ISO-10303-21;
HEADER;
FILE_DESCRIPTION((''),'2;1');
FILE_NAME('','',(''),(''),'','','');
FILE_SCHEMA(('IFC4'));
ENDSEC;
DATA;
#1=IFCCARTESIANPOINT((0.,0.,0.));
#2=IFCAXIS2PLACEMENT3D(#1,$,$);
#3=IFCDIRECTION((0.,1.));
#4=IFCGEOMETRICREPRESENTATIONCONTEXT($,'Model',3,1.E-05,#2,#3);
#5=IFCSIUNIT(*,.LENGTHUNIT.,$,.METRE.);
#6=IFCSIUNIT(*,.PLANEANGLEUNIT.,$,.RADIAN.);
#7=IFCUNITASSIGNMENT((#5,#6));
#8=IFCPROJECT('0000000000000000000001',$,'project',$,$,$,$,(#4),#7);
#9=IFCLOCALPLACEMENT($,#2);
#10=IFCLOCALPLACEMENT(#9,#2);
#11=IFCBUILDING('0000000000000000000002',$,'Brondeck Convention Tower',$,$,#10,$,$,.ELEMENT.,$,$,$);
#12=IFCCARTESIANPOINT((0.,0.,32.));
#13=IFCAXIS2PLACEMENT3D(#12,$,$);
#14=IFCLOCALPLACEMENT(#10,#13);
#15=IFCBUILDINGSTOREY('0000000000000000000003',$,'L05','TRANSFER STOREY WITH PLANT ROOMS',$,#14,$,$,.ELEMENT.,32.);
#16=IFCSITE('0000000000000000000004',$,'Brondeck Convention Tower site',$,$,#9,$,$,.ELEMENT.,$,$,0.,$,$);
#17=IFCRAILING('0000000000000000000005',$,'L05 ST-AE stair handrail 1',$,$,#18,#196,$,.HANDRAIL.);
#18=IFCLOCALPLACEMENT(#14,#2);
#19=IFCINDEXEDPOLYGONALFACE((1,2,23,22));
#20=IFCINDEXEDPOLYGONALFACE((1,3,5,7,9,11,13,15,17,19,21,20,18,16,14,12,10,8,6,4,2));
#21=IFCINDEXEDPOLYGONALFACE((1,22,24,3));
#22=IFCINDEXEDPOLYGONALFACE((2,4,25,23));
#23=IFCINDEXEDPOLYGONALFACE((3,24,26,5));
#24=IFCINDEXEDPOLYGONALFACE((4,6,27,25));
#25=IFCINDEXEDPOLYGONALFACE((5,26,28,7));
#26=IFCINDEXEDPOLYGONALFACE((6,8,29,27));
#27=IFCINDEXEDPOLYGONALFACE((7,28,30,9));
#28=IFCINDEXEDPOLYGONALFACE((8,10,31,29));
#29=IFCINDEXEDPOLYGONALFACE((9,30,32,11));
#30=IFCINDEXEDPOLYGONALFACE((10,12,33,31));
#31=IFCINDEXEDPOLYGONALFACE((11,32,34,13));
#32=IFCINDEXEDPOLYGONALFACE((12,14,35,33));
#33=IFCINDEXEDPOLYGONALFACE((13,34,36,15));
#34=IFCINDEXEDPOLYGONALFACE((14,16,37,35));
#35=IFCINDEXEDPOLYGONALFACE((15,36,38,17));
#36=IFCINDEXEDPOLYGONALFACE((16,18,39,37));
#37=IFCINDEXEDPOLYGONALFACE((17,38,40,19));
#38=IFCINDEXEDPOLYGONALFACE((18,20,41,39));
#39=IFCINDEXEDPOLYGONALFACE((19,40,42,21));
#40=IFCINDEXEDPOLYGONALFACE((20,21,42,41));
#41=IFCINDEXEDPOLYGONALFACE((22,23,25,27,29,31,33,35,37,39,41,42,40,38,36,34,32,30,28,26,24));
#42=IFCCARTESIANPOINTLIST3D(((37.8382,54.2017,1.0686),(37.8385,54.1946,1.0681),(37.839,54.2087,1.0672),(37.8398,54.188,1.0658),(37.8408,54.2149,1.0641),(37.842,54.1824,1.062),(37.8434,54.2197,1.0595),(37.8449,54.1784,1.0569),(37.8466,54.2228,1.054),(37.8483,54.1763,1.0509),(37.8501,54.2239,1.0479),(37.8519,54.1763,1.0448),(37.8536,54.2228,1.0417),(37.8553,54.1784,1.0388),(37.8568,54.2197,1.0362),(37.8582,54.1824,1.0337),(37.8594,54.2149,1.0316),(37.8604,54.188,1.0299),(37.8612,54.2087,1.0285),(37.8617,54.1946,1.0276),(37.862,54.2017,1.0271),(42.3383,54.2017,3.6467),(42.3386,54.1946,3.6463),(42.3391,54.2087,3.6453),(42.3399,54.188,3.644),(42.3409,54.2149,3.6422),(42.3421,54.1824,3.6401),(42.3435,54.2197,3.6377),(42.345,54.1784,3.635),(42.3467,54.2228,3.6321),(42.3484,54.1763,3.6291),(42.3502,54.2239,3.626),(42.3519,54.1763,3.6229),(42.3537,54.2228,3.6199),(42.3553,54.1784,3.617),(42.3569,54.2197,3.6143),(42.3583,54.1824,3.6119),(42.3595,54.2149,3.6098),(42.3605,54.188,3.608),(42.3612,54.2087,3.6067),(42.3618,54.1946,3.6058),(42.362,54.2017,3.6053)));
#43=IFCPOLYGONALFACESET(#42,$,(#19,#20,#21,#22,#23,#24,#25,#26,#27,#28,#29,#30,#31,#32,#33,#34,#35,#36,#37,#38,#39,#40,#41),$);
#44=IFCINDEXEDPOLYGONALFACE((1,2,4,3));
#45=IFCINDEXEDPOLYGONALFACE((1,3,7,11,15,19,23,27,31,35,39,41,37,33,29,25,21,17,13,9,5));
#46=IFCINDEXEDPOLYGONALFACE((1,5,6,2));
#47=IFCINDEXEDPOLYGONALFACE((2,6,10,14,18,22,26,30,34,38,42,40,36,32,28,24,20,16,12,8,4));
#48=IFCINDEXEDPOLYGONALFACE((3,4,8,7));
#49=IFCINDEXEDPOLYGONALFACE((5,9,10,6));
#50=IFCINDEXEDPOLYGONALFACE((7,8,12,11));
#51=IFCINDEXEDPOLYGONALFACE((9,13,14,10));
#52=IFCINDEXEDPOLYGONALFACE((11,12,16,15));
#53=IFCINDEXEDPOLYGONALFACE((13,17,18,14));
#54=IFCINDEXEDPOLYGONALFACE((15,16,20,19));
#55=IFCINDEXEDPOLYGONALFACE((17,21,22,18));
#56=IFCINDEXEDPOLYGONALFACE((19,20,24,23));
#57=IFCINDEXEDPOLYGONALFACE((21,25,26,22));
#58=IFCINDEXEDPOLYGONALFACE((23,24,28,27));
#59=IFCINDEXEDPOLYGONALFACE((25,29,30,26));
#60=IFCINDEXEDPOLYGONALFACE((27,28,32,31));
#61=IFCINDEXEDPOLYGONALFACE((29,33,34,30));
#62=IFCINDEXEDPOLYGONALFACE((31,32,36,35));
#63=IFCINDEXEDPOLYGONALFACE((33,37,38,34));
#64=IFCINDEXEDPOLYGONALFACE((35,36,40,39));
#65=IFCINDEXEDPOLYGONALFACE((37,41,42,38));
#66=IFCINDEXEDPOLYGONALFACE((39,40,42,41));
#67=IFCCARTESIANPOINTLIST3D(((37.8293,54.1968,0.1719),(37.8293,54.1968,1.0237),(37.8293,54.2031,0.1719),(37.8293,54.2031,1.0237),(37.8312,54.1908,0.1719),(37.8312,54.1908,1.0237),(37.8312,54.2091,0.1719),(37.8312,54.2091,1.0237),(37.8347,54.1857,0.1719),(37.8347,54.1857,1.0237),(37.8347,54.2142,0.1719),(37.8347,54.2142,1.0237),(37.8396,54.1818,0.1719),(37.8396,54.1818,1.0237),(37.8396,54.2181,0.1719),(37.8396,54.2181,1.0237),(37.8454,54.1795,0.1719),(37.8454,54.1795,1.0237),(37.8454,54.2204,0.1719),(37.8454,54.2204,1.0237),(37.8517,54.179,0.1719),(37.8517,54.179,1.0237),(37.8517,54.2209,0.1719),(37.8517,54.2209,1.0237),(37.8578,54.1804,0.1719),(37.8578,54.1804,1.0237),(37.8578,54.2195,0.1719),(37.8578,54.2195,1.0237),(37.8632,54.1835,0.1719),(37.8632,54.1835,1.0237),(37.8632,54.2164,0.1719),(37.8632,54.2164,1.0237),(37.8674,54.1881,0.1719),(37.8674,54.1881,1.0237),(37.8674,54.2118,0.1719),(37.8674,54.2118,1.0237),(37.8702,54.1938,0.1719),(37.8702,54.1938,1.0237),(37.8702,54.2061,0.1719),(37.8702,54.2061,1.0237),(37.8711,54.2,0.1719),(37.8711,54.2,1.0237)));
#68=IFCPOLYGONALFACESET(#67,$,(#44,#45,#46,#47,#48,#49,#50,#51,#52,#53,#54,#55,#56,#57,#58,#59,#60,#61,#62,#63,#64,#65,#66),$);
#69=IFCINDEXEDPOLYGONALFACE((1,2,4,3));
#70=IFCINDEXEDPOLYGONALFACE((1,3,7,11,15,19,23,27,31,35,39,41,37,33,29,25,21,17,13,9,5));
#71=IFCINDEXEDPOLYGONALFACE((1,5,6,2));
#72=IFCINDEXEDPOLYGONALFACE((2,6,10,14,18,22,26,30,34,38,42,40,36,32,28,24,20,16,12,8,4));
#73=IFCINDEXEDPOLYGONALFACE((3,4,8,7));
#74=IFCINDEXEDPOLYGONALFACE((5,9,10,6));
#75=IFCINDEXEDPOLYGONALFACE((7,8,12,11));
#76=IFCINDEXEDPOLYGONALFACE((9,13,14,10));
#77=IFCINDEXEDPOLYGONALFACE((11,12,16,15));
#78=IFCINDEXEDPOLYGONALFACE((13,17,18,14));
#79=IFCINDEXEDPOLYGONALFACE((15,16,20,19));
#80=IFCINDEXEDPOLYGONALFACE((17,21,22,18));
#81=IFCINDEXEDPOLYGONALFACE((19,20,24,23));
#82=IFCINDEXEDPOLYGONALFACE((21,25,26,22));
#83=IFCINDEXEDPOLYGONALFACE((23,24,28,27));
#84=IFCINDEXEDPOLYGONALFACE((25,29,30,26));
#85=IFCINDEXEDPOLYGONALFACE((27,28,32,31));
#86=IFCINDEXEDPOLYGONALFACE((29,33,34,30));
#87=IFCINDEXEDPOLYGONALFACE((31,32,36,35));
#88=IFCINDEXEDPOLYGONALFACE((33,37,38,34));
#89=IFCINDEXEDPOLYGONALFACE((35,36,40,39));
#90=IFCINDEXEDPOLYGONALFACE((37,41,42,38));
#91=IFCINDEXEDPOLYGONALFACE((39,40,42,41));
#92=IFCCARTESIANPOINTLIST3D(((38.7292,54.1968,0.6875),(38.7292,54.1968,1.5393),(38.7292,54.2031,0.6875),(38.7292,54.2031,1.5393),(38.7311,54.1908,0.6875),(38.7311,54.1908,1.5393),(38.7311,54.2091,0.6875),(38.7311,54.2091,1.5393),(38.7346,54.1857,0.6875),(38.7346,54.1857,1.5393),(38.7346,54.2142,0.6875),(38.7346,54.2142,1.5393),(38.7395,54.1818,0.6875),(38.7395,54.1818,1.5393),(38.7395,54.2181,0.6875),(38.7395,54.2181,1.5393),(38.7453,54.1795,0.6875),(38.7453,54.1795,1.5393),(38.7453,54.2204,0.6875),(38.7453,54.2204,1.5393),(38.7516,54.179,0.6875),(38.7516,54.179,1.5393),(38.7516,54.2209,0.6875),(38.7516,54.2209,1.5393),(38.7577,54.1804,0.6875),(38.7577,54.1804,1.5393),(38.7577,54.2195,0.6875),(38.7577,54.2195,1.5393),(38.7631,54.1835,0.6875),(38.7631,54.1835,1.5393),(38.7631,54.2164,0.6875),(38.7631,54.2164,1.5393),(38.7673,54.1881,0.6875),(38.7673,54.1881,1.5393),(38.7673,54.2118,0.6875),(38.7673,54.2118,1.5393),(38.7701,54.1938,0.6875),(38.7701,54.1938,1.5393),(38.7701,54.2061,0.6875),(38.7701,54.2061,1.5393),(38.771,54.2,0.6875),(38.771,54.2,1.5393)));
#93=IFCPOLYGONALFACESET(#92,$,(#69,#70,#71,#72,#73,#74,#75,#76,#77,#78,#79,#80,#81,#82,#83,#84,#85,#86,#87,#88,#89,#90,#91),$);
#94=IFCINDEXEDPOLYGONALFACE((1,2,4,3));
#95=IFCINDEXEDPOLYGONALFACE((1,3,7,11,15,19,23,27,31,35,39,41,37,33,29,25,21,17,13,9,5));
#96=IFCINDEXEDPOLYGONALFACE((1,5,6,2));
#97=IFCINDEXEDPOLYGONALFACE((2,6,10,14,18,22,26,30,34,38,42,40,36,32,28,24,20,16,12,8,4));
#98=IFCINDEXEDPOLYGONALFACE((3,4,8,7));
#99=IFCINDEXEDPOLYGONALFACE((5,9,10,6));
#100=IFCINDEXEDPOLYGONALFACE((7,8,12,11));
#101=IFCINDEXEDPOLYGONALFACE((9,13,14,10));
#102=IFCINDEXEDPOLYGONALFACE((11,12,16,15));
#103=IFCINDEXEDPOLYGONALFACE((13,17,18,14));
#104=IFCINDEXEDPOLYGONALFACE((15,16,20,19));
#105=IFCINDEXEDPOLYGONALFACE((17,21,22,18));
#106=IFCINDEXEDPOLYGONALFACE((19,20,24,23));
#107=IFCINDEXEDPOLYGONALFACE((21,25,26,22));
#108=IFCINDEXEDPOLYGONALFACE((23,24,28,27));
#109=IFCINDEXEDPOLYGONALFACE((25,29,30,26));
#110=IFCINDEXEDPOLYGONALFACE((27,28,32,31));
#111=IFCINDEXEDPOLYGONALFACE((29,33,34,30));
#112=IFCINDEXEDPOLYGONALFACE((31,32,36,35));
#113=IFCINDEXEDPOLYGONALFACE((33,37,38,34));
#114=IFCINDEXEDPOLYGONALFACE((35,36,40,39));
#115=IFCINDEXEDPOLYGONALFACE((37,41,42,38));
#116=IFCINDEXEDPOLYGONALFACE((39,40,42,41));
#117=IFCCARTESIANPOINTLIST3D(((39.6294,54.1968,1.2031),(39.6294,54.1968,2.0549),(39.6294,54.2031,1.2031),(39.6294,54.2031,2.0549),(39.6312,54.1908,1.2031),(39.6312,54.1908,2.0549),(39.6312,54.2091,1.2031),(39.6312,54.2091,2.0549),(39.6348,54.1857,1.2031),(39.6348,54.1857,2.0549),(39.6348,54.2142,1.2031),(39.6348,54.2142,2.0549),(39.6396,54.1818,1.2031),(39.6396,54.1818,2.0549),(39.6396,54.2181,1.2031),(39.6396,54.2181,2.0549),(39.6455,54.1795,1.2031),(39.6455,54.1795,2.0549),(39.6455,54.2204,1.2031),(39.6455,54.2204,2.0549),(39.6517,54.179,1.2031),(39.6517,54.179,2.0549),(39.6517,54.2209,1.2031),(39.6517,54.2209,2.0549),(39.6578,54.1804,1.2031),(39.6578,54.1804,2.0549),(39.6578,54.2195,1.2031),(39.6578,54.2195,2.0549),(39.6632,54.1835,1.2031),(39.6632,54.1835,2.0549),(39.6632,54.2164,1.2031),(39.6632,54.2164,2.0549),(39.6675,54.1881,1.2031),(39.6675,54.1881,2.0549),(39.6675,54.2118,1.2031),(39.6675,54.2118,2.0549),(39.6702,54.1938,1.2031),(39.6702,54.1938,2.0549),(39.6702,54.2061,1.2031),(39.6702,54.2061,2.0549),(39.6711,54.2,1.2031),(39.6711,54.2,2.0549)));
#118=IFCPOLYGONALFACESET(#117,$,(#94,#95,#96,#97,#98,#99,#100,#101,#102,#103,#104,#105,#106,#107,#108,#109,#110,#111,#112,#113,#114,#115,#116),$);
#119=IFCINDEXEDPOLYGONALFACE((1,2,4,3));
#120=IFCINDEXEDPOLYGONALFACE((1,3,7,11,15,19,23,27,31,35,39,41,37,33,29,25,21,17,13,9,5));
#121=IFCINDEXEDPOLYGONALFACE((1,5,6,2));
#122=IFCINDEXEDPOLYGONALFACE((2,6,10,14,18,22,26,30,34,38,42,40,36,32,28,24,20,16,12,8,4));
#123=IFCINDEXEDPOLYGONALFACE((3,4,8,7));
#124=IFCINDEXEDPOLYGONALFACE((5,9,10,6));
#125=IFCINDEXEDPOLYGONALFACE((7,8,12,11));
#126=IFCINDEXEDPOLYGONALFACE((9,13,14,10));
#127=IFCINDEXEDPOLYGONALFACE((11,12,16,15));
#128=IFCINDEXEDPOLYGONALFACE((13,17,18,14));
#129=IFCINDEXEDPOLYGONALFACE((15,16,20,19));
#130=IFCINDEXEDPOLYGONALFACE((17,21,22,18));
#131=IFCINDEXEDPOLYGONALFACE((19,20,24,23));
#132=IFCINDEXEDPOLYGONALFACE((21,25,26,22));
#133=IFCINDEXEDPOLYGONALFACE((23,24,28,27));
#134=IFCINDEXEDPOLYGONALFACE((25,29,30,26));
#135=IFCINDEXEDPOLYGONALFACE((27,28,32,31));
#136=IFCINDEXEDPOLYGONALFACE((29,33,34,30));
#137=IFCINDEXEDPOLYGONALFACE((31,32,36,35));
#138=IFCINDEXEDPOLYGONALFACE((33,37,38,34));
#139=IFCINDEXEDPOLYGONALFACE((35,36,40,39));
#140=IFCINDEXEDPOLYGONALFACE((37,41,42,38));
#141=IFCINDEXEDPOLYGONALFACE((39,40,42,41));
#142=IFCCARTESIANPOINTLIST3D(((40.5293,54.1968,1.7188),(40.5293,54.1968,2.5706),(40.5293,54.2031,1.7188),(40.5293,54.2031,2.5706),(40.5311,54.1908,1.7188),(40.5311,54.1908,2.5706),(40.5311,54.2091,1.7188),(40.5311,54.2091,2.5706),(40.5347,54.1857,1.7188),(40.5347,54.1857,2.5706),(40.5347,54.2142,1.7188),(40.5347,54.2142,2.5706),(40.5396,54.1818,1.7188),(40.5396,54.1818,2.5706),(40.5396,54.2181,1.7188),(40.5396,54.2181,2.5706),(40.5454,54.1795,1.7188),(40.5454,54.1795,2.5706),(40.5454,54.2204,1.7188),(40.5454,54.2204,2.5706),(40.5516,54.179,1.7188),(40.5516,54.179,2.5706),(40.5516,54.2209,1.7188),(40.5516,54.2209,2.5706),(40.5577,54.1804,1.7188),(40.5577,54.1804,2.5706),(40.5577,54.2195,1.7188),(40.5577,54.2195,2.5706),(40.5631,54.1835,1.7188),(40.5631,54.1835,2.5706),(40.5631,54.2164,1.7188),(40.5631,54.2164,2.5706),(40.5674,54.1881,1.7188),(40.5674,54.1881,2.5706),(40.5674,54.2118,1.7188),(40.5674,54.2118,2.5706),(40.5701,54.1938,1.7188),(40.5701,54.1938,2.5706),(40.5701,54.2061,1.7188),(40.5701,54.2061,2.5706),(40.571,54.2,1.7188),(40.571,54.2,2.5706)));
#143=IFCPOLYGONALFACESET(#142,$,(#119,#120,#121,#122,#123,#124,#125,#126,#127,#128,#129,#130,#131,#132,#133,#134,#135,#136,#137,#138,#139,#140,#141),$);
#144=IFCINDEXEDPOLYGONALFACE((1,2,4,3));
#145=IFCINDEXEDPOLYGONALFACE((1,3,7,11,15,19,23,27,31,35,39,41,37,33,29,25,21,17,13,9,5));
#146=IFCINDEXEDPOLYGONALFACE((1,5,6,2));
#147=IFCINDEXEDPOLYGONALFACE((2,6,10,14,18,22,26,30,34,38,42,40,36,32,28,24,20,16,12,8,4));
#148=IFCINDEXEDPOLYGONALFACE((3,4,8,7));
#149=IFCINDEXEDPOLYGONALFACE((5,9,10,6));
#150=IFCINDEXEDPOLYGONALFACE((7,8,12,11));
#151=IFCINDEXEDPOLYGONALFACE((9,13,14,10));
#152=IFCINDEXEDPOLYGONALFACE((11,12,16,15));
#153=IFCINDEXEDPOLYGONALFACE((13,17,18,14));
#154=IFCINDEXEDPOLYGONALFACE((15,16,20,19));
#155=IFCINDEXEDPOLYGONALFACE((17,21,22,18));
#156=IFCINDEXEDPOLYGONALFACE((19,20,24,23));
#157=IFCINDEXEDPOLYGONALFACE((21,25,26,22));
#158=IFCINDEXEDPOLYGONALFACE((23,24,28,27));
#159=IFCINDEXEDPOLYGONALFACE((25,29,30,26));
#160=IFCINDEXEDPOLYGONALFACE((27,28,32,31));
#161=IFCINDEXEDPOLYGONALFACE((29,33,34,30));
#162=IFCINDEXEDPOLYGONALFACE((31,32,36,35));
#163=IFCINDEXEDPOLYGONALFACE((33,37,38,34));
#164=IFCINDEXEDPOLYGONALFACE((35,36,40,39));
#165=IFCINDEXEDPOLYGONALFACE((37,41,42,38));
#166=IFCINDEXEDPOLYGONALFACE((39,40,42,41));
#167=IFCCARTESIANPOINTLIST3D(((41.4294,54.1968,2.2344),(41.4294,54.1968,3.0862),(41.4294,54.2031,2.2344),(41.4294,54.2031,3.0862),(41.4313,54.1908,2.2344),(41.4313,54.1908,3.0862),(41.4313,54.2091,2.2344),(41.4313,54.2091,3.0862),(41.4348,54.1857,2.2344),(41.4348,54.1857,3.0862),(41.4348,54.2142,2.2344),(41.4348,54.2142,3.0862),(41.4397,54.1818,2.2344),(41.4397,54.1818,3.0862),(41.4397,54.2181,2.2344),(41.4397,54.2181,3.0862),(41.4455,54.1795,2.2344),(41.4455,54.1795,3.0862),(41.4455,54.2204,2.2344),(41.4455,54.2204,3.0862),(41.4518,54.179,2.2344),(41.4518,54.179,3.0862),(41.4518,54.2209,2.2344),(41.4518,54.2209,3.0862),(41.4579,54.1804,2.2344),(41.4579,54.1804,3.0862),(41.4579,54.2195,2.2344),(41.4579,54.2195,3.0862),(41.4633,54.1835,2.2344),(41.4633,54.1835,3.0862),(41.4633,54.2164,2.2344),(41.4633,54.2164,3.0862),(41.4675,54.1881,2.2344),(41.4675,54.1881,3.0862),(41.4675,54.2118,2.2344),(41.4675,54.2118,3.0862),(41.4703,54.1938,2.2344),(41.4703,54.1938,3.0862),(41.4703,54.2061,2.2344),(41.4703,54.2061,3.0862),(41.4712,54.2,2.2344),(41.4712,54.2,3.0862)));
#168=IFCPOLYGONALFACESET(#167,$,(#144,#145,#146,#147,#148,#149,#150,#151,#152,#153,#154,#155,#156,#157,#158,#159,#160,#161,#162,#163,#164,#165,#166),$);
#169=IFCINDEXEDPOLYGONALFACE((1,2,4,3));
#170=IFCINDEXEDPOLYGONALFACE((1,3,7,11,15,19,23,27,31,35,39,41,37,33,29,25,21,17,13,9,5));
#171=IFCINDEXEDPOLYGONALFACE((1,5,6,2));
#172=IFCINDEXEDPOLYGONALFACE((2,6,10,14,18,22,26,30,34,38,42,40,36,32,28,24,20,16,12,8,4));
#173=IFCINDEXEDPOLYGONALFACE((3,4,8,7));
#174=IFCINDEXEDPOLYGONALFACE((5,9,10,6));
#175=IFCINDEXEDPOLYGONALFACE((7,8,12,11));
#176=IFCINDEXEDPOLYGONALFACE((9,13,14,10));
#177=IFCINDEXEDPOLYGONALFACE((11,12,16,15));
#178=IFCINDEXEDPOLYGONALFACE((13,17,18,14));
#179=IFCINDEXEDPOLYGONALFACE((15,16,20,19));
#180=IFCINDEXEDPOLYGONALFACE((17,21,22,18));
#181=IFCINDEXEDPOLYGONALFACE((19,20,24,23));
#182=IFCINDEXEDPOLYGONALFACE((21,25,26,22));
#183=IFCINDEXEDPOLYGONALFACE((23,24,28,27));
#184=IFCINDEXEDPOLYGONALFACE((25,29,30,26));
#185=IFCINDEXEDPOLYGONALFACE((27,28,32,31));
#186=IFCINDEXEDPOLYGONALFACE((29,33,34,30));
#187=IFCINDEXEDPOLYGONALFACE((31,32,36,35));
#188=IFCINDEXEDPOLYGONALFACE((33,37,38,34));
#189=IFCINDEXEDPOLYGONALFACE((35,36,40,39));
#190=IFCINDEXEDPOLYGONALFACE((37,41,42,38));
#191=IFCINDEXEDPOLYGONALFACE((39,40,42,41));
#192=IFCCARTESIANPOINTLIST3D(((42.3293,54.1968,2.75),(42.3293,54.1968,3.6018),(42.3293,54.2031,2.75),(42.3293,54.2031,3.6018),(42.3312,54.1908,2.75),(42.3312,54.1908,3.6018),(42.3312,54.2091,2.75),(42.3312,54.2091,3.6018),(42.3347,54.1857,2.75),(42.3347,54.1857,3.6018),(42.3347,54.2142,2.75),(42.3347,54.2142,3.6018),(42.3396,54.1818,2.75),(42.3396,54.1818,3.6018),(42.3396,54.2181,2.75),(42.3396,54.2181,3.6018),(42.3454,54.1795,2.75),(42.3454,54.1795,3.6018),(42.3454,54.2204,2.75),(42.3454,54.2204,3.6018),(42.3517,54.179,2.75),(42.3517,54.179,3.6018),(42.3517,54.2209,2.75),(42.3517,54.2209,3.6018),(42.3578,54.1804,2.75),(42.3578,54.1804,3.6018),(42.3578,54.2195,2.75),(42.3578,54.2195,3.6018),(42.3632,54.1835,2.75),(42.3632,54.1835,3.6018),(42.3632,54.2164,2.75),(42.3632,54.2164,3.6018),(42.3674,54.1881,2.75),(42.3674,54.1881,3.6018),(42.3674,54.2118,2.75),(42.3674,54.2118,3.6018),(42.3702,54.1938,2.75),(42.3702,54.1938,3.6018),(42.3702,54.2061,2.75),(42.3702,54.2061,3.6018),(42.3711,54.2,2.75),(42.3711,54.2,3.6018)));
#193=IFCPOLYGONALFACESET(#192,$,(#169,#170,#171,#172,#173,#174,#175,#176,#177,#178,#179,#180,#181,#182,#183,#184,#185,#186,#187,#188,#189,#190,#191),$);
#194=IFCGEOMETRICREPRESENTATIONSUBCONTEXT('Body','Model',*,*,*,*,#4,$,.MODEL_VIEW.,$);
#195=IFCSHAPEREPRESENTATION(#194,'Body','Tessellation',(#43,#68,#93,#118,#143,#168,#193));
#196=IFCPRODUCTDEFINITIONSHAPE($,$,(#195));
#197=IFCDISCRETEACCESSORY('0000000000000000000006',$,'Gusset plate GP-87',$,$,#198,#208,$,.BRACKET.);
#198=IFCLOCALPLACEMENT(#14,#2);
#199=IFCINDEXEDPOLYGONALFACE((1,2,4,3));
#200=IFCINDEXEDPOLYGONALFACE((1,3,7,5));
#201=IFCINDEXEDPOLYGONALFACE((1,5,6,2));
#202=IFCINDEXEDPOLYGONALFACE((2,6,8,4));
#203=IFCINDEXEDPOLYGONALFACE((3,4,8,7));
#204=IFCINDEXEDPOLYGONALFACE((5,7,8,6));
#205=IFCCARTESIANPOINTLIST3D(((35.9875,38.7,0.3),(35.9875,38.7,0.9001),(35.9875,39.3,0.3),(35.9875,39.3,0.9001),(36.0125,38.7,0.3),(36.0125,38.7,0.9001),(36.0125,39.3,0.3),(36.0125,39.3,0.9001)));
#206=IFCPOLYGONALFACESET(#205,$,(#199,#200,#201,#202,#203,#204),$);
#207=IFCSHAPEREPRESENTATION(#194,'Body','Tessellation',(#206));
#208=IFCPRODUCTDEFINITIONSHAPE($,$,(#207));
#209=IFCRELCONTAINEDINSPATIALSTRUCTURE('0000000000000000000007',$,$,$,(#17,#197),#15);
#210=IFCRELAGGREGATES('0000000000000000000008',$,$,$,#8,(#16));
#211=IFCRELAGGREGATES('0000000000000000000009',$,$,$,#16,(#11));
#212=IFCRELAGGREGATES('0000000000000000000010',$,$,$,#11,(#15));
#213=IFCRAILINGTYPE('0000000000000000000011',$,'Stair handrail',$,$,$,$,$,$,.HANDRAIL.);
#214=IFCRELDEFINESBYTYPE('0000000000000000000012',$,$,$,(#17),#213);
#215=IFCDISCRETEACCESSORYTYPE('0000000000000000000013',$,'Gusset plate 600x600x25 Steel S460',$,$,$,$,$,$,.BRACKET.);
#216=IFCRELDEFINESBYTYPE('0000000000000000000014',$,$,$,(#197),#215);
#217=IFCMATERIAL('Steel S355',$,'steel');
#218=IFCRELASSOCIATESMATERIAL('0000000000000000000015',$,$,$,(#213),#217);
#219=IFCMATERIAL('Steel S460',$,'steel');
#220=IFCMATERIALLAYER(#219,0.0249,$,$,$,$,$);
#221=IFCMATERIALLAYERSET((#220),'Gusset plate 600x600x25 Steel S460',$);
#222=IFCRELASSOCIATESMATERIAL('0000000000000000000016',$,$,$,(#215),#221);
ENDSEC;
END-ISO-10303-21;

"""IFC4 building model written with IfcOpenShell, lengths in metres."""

from ifc_helpers import new_model, si_unit, direction, frame, origin, origin_2d, place, context, subcontext, project, spatial, rectangle, circle, extrude, material, layer, layer_set, type_object, element, save


model = new_model("IFC4")

# Units and contexts
model_context = context("Model", 3, precision=1e-05, world=origin(), true_north=direction((0.0, 1.0)))
body_context = subcontext(model_context, "Body", "Model", "MODEL_VIEW")
ifc_project = project(units=[si_unit("LENGTHUNIT", "METRE"), si_unit("PLANEANGLEUNIT", "RADIAN")], contexts=[model_context])

# Site, building, storey
site_placement = place(None, origin())
site = spatial("IfcSite", under=ifc_project, at=site_placement, Name="Brondeck Convention Tower site", CompositionType="ELEMENT", RefElevation=0.0)
building_placement = place(site_placement, origin())
building = spatial("IfcBuilding", under=site, at=building_placement, Name="Brondeck Convention Tower", CompositionType="ELEMENT")
storey_placement = place(building_placement, frame((0.0, 0.0, 32.0)))
storey = spatial("IfcBuildingStorey", under=building, at=storey_placement, Name="L05", Description="TRANSFER STOREY WITH PLANT ROOMS", CompositionType="ELEMENT", Elevation=32.0)

# Shared definitions
ifc_material_1 = material(Name="Steel S460", Category="steel")

# Railing
ifc_material_2 = material(Name="Steel S355", Category="steel")
railing_type = type_object("IfcRailingType", Name="Stair handrail", PredefinedType="HANDRAIL", material=ifc_material_2)
railing_placement = place(storey_placement, frame((37.8501, 54.2, 0.1719)))
element("IfcRailing", 1, at=railing_placement, inside=storey, type_object=railing_type, Name="L05 ST-AE stair handrail 1", PredefinedType="HANDRAIL", context=body_context, shape_type="SweptSolid", body=[
    extrude(circle(Radius=0.0239, at=origin_2d()), frame((0.0, 0.0, 0.876), z_axis=(0.867686, 0.0, 0.497112), x_axis=(0.0, 1.0, 0.0)), (0.0, 0.0, 1.0), 5.1863),
    extrude(circle(Radius=0.021, at=origin_2d()), origin(), (0.0, 0.0, 1.0), 0.8518),
    extrude(circle(Radius=0.021, at=origin_2d()), frame((0.8999, 0.0, 0.5156)), (0.0, 0.0, 1.0), 0.8518),
    extrude(circle(Radius=0.021, at=origin_2d()), frame((1.8, 0.0, 1.0312)), (0.0, 0.0, 1.0), 0.8518),
    extrude(circle(Radius=0.021, at=origin_2d()), frame((2.7, 0.0, 1.5469)), (0.0, 0.0, 1.0), 0.8518),
    extrude(circle(Radius=0.021, at=origin_2d()), frame((3.6001, 0.0, 2.0625)), (0.0, 0.0, 1.0), 0.8518),
    extrude(circle(Radius=0.021, at=origin_2d()), frame((4.5, 0.0, 2.5781)), (0.0, 0.0, 1.0), 0.8518),
])

# Discrete accessory
ifc_layer_1 = layer(ifc_material_1, 0.0249)
ifc_layer_set_1 = layer_set([ifc_layer_1], Name="Gusset plate 600x600x25 Steel S460")
discrete_accessory_type = type_object("IfcDiscreteAccessoryType", Name="Gusset plate 600x600x25 Steel S460", PredefinedType="BRACKET", material=ifc_layer_set_1)
for number, where, z_axis, x_axis, name in (
    (2, (36.0, 39.0, 0.3), (0.0, 0.0, 1.0), (0.0, 1.0, 0.0), "Gusset plate GP-87"),
):
    element("IfcDiscreteAccessory", number, at=place(storey_placement, frame(where, z_axis=z_axis, x_axis=x_axis)), inside=storey, type_object=discrete_accessory_type, Name=name, PredefinedType="BRACKET", context=body_context, shape_type="SweptSolid", body=[
        extrude(rectangle(XDim=0.6001, YDim=0.0249, at=origin_2d()), origin(), (0.0, 0.0, 1.0), 0.6001),
    ])

save(model, "model.ifc")
